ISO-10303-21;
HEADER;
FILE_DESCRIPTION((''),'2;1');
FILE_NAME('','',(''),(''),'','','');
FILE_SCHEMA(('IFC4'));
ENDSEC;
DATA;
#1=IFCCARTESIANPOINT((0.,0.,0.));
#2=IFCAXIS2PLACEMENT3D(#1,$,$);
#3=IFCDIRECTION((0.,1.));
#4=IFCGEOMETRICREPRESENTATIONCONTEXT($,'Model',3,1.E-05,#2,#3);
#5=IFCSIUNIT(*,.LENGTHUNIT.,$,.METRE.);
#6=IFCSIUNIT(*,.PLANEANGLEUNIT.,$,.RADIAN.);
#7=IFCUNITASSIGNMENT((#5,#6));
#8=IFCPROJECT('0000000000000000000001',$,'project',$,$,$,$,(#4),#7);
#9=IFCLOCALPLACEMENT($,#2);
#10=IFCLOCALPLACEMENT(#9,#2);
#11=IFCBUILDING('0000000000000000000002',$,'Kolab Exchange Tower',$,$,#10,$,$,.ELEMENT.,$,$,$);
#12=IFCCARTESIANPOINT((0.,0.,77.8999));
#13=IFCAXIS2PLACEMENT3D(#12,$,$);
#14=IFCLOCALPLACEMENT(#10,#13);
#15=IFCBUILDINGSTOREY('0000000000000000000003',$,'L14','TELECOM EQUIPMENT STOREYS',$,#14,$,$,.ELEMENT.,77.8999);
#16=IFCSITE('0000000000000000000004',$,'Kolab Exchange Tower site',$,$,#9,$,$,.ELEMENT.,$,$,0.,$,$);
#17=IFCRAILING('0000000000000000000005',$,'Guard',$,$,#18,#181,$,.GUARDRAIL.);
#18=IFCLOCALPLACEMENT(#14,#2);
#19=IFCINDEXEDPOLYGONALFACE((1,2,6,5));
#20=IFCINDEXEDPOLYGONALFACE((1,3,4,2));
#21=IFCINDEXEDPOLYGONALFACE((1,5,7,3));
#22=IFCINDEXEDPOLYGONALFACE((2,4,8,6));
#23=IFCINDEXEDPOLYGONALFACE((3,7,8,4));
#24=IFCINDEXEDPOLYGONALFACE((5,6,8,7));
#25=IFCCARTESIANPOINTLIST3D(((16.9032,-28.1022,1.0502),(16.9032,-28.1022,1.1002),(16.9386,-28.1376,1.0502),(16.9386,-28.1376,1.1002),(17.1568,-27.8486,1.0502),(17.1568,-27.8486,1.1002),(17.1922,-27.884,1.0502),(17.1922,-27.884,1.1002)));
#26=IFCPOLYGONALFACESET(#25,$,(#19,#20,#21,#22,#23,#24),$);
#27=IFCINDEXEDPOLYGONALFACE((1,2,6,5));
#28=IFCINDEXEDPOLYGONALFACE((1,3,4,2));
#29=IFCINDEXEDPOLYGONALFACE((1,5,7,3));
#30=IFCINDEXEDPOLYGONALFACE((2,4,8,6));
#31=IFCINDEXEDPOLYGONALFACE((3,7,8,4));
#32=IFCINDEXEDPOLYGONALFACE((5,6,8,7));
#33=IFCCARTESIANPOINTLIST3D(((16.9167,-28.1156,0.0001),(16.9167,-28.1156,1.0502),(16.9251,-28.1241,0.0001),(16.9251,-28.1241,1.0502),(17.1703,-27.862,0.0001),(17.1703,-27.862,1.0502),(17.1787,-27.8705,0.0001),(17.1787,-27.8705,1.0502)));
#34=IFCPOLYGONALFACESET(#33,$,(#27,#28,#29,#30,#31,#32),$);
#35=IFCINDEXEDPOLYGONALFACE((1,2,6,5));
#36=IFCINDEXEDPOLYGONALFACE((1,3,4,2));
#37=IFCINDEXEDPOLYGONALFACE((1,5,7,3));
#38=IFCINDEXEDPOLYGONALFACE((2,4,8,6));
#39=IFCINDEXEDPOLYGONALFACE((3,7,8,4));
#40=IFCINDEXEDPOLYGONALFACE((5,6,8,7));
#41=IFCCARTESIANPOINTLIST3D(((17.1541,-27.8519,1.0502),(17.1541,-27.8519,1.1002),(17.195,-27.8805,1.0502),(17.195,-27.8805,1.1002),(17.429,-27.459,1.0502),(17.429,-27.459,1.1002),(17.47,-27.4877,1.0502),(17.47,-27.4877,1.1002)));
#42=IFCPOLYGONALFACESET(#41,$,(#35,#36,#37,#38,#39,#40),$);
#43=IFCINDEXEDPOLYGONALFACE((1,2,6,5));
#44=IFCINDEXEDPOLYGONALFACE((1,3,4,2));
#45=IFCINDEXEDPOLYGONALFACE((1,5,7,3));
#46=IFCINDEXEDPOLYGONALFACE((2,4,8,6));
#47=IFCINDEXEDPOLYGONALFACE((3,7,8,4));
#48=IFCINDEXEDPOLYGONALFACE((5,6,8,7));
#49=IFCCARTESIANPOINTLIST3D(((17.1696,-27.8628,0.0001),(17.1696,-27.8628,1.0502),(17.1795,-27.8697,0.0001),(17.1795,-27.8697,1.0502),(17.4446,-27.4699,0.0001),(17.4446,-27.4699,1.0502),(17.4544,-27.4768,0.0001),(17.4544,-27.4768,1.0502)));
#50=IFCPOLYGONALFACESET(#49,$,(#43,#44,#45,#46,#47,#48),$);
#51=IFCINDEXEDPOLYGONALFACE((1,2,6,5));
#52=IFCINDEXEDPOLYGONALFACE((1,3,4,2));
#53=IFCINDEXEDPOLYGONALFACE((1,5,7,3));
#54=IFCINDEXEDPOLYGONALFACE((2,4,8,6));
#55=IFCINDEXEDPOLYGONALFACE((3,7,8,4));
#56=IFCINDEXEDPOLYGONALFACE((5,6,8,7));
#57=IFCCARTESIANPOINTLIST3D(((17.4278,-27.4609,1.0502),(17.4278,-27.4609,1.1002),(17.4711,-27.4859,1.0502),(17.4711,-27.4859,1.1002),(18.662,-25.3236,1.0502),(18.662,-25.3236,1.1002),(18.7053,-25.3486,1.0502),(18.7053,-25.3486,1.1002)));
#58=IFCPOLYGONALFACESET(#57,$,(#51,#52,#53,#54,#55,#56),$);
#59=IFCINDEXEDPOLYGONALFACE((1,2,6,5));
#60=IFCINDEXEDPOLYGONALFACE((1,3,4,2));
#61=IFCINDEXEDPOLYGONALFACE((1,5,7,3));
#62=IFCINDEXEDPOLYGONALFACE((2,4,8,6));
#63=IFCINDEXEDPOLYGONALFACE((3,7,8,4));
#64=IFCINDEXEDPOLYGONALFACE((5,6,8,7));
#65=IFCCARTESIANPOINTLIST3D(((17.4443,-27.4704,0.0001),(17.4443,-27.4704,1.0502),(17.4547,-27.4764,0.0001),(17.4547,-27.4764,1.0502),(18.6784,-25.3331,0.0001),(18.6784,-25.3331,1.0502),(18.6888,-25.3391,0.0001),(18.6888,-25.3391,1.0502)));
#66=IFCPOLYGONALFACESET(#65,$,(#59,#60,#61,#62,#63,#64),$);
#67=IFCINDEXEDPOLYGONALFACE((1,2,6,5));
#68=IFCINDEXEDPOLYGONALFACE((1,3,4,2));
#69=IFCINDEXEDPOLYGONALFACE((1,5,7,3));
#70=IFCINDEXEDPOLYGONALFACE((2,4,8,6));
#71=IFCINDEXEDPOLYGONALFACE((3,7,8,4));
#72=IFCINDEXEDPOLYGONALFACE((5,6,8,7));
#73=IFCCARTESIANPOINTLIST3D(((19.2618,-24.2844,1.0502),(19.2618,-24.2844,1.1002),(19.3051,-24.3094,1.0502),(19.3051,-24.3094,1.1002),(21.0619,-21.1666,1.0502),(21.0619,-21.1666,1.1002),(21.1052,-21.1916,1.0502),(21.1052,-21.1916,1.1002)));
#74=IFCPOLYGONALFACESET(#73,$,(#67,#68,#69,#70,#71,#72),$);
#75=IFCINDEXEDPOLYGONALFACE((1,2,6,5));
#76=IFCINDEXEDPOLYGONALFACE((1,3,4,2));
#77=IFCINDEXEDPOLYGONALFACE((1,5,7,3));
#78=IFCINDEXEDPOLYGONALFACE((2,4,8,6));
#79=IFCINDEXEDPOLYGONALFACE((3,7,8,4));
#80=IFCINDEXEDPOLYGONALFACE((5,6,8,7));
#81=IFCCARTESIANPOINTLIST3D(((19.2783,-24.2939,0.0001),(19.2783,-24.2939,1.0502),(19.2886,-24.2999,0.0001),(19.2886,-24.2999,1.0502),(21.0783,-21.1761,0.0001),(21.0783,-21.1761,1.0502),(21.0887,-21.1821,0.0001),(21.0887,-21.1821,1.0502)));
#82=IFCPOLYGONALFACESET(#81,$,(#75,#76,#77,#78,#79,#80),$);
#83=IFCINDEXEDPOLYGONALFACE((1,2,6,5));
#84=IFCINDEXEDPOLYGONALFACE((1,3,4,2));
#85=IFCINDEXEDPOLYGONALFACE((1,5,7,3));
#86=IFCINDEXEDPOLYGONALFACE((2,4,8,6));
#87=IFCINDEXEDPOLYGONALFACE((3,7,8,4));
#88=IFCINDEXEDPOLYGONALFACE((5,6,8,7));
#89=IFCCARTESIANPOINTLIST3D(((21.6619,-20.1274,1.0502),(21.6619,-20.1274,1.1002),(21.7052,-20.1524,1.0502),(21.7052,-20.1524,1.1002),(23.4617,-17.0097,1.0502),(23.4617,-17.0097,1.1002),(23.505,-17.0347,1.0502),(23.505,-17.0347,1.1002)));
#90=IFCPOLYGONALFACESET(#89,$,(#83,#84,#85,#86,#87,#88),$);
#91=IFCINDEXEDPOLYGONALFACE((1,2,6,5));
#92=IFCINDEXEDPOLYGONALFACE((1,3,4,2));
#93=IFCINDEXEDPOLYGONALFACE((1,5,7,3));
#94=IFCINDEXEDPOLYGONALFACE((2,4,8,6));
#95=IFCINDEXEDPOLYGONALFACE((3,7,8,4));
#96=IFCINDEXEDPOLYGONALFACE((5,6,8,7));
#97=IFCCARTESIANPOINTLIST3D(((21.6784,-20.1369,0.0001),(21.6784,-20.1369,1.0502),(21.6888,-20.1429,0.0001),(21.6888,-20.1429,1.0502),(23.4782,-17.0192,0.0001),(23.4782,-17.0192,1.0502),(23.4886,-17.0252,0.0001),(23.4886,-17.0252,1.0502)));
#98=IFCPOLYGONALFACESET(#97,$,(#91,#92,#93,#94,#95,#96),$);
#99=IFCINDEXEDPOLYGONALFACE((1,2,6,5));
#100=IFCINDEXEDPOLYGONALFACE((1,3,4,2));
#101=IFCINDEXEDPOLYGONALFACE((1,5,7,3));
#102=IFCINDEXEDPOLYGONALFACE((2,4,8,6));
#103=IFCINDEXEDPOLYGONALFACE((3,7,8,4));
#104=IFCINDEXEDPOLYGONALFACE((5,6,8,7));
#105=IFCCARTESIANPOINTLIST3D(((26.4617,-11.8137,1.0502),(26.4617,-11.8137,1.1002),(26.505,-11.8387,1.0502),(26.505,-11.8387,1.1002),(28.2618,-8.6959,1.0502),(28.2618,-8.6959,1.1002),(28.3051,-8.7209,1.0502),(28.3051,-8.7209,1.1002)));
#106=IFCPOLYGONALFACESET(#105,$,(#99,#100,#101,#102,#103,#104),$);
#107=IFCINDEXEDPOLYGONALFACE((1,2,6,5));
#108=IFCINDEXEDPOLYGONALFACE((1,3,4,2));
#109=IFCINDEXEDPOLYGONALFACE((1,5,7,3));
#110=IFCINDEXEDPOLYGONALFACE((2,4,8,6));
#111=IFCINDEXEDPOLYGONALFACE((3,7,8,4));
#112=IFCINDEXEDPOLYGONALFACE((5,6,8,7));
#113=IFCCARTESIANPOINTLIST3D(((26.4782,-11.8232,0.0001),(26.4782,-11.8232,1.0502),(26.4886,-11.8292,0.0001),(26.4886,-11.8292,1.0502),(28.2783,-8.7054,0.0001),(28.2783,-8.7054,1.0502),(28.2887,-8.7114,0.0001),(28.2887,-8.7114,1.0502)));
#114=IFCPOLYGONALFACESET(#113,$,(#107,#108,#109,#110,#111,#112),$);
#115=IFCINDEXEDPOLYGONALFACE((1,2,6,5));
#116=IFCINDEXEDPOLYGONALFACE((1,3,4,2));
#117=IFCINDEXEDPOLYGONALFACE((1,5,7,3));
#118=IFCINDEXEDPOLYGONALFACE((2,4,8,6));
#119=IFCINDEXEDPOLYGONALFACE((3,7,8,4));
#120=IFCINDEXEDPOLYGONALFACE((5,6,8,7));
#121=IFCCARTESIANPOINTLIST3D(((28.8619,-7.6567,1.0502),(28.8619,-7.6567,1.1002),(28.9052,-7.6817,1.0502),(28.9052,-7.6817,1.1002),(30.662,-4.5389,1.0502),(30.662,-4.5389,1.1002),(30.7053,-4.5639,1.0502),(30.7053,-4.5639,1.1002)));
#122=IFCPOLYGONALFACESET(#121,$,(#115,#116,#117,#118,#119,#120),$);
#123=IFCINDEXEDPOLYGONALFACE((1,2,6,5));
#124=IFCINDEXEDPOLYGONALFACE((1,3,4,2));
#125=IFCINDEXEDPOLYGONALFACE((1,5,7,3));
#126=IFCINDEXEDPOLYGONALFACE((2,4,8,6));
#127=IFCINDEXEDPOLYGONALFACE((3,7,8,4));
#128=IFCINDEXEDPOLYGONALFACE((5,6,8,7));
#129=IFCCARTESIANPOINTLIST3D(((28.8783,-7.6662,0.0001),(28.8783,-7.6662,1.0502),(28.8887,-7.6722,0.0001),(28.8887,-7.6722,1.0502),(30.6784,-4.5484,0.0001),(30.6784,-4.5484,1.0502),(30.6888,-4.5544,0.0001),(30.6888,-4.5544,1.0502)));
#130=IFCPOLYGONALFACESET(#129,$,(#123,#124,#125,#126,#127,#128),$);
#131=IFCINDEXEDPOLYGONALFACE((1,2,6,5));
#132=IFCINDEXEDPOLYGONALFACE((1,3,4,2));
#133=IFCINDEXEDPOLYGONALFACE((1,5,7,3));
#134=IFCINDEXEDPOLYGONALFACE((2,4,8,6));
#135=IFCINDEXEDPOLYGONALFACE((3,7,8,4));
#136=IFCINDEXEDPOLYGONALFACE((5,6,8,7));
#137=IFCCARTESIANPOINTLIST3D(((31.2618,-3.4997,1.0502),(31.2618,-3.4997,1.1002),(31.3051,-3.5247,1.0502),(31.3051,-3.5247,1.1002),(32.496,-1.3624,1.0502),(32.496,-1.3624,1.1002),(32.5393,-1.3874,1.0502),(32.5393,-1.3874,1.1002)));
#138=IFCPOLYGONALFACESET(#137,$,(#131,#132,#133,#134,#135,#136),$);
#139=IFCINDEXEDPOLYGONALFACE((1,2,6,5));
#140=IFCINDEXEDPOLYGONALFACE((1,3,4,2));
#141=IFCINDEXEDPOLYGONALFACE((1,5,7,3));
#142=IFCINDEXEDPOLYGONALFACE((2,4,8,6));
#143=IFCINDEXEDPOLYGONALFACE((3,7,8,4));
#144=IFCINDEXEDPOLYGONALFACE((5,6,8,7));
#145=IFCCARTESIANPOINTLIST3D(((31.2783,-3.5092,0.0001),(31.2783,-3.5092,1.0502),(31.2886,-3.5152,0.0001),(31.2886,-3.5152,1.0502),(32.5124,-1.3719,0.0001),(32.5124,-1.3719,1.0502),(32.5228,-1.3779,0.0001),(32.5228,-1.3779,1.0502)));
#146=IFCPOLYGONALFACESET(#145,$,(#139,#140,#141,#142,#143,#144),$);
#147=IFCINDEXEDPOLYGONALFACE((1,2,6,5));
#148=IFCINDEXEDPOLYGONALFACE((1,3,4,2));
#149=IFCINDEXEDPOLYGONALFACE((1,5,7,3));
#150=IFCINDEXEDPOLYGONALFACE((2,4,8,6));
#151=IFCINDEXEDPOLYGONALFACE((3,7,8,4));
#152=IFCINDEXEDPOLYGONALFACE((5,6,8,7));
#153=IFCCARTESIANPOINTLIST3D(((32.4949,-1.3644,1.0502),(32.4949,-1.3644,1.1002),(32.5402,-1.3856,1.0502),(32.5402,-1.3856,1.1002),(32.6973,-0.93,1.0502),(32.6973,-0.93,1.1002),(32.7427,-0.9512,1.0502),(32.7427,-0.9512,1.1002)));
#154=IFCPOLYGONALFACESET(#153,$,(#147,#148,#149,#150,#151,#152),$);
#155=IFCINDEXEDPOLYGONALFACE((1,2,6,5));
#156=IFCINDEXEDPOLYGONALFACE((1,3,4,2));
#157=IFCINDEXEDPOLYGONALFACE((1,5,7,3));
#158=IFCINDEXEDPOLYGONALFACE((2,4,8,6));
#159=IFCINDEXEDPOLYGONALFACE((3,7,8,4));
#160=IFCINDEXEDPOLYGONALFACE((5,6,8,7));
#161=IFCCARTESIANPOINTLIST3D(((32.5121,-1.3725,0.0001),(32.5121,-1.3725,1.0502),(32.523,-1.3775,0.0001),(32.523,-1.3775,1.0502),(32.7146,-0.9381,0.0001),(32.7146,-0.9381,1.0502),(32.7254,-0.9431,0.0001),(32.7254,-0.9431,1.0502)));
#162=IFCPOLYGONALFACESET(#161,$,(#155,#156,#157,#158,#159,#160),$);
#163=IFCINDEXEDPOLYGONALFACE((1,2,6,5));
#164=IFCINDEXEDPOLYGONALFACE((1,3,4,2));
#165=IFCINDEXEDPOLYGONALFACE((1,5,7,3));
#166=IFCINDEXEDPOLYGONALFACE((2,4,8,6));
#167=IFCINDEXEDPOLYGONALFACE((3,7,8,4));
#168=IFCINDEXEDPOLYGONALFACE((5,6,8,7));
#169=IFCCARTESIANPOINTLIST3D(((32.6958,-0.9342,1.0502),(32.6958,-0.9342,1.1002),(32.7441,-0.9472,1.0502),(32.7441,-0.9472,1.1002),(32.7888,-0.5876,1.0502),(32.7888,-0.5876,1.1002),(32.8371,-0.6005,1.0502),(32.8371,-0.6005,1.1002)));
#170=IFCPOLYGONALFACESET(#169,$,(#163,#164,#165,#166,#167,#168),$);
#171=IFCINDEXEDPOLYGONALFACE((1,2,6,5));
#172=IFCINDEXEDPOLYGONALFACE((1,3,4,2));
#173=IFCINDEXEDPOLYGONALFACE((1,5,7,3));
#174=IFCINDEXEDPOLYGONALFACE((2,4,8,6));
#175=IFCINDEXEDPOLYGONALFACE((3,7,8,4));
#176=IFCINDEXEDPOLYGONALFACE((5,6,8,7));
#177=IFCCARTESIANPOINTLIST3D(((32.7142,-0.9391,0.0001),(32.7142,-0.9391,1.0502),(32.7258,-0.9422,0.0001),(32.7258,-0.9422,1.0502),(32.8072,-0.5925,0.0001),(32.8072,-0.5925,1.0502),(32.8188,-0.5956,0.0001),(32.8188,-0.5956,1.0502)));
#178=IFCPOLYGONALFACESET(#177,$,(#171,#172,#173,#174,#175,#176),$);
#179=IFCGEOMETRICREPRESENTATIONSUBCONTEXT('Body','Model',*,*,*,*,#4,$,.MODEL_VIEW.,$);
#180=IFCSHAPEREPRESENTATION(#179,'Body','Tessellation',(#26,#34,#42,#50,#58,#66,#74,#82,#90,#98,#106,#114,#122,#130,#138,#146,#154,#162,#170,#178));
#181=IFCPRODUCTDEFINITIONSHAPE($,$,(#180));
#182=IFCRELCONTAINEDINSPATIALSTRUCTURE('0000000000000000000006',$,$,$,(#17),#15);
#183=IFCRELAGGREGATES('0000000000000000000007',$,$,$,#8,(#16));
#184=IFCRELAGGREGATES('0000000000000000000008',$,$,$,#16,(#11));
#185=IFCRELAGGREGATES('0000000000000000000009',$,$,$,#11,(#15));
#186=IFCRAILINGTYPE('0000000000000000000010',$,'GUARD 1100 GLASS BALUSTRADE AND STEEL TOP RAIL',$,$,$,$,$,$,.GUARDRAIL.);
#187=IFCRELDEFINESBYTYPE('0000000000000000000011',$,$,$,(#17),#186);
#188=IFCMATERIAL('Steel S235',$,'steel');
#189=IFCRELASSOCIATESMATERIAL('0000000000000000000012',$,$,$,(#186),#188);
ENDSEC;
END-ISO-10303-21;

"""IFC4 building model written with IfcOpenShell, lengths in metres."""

from ifc_helpers import new_model, si_unit, direction, frame, frame_2d, origin, origin_2d, place, context, subcontext, project, spatial, rectangle, extrude, material, type_object, element, save


model = new_model("IFC4")

# Units and contexts
model_context = context("Model", 3, precision=1e-05, world=origin(), true_north=direction((0.0, 1.0)))
body_context = subcontext(model_context, "Body", "Model", "MODEL_VIEW")
ifc_project = project(units=[si_unit("LENGTHUNIT", "METRE"), si_unit("PLANEANGLEUNIT", "RADIAN")], contexts=[model_context])

# Site, building, storey
site_placement = place(None, origin())
site = spatial("IfcSite", under=ifc_project, at=site_placement, Name="Kolab Exchange Tower site", CompositionType="ELEMENT", RefElevation=0.0)
building_placement = place(site_placement, origin())
building = spatial("IfcBuilding", under=site, at=building_placement, Name="Kolab Exchange Tower", CompositionType="ELEMENT")
storey_placement = place(building_placement, frame((0.0, 0.0, 77.8999)))
storey = spatial("IfcBuildingStorey", under=building, at=storey_placement, Name="L14", Description="TELECOM EQUIPMENT STOREYS", CompositionType="ELEMENT", Elevation=77.8999)

# Railing
ifc_material_1 = material(Name="Steel S235", Category="steel")
railing_type = type_object("IfcRailingType", Name="GUARD 1100 GLASS BALUSTRADE AND STEEL TOP RAIL", PredefinedType="GUARDRAIL", material=ifc_material_1)
railing_placement = place(storey_placement, frame((16.9209, -28.1199, 0.0)))
element("IfcRailing", 1, at=railing_placement, inside=storey, type_object=railing_type, Name="Guard", PredefinedType="GUARDRAIL", context=body_context, shape_type="SweptSolid", body=[
    extrude(rectangle(XDim=0.05, YDim=0.05, at=origin_2d()), frame((0.0, 0.0, 1.0752), z_axis=(0.707107, 0.707107, 0.0), x_axis=(-0.707107, 0.707107, 0.0)), (0.0, 0.0, 1.0), 0.3586),
    extrude(rectangle(XDim=0.012, YDim=1.0501, at=frame_2d((0.0, 0.5251))), frame((0.0, 0.0, 0.0), z_axis=(0.707107, 0.707107, 0.0), x_axis=(-0.707107, 0.707107, 0.0)), (0.0, 0.0, 1.0), 0.3586),
    extrude(rectangle(XDim=0.05, YDim=0.05, at=origin_2d()), frame((0.2537, 0.2537, 1.0752), z_axis=(0.57336, 0.819304, 0.0), x_axis=(-0.819304, 0.57336, 0.0)), (0.0, 0.0, 1.0), 0.4795),
    extrude(rectangle(XDim=0.012, YDim=1.0501, at=frame_2d((0.0, 0.5251))), frame((0.2537, 0.2537, 0.0), z_axis=(0.57336, 0.819304, 0.0), x_axis=(-0.819304, 0.57336, 0.0)), (0.0, 0.0, 1.0), 0.4795),
    extrude(rectangle(XDim=0.05, YDim=0.05, at=origin_2d()), frame((0.5286, 0.6465, 1.0752), z_axis=(0.500065, 0.865988, 0.0), x_axis=(-0.865988, 0.500065, 0.0)), (0.0, 0.0, 1.0), 2.468),
    extrude(rectangle(XDim=0.012, YDim=1.0501, at=frame_2d((0.0, 0.5251))), frame((0.5286, 0.6465, 0.0), z_axis=(0.500065, 0.865988, 0.0), x_axis=(-0.865988, 0.500065, 0.0)), (0.0, 0.0, 1.0), 2.468),
    extrude(rectangle(XDim=0.05, YDim=0.05, at=origin_2d()), frame((2.3625, 3.823, 1.0752), z_axis=(0.500012, 0.866018, 0.0), x_axis=(-0.866018, 0.500012, 0.0)), (0.0, 0.0, 1.0), 3.6001),
    extrude(rectangle(XDim=0.012, YDim=1.0501, at=frame_2d((0.0, 0.5251))), frame((2.3625, 3.823, 0.0), z_axis=(0.500012, 0.866018, 0.0), x_axis=(-0.866018, 0.500012, 0.0)), (0.0, 0.0, 1.0), 3.6001),
    extrude(rectangle(XDim=0.05, YDim=0.05, at=origin_2d()), frame((4.7627, 7.98, 1.0752), z_axis=(0.499961, 0.866048, 0.0), x_axis=(-0.866048, 0.499961, 0.0)), (0.0, 0.0, 1.0), 3.5999),
    extrude(rectangle(XDim=0.012, YDim=1.0501, at=frame_2d((0.0, 0.5251))), frame((4.7627, 7.98, 0.0), z_axis=(0.499961, 0.866048, 0.0), x_axis=(-0.866048, 0.499961, 0.0)), (0.0, 0.0, 1.0), 3.5999),
    extrude(rectangle(XDim=0.05, YDim=0.05, at=origin_2d()), frame((9.5625, 16.2937, 1.0752), z_axis=(0.500012, 0.866018, 0.0), x_axis=(-0.866018, 0.500012, 0.0)), (0.0, 0.0, 1.0), 3.6001),
    extrude(rectangle(XDim=0.012, YDim=1.0501, at=frame_2d((0.0, 0.5251))), frame((9.5625, 16.2937, 0.0), z_axis=(0.500012, 0.866018, 0.0), x_axis=(-0.866018, 0.500012, 0.0)), (0.0, 0.0, 1.0), 3.6001),
    extrude(rectangle(XDim=0.05, YDim=0.05, at=origin_2d()), frame((11.9626, 20.4507, 1.0752), z_axis=(0.500012, 0.866018, 0.0), x_axis=(-0.866018, 0.500012, 0.0)), (0.0, 0.0, 1.0), 3.6001),
    extrude(rectangle(XDim=0.012, YDim=1.0501, at=frame_2d((0.0, 0.5251))), frame((11.9626, 20.4507, 0.0), z_axis=(0.500012, 0.866018, 0.0), x_axis=(-0.866018, 0.500012, 0.0)), (0.0, 0.0, 1.0), 3.6001),
    extrude(rectangle(XDim=0.05, YDim=0.05, at=origin_2d()), frame((14.3625, 24.6077, 1.0752), z_axis=(0.500065, 0.865988, 0.0), x_axis=(-0.865988, 0.500065, 0.0)), (0.0, 0.0, 1.0), 2.468),
    extrude(rectangle(XDim=0.012, YDim=1.0501, at=frame_2d((0.0, 0.5251))), frame((14.3625, 24.6077, 0.0), z_axis=(0.500065, 0.865988, 0.0), x_axis=(-0.865988, 0.500065, 0.0)), (0.0, 0.0, 1.0), 2.468),
    extrude(rectangle(XDim=0.05, YDim=0.05, at=origin_2d()), frame((15.5967, 26.7449, 1.0752), z_axis=(0.422383, 0.906417, 0.0), x_axis=(-0.906417, 0.422383, 0.0)), (0.0, 0.0, 1.0), 0.4792),
    extrude(rectangle(XDim=0.012, YDim=1.0501, at=frame_2d((0.0, 0.5251))), frame((15.5967, 26.7449, 0.0), z_axis=(0.422383, 0.906417, 0.0), x_axis=(-0.906417, 0.422383, 0.0)), (0.0, 0.0, 1.0), 0.4792),
    extrude(rectangle(XDim=0.05, YDim=0.05, at=origin_2d()), frame((15.7991, 27.1792, 1.0752), z_axis=(0.259144, 0.965839, 0.0), x_axis=(-0.965839, 0.259144, 0.0)), (0.0, 0.0, 1.0), 0.3589),
    extrude(rectangle(XDim=0.012, YDim=1.0501, at=frame_2d((0.0, 0.5251))), frame((15.7991, 27.1792, 0.0), z_axis=(0.259144, 0.965839, 0.0), x_axis=(-0.965839, 0.259144, 0.0)), (0.0, 0.0, 1.0), 0.3589),
])

save(model, "model.ifc")
